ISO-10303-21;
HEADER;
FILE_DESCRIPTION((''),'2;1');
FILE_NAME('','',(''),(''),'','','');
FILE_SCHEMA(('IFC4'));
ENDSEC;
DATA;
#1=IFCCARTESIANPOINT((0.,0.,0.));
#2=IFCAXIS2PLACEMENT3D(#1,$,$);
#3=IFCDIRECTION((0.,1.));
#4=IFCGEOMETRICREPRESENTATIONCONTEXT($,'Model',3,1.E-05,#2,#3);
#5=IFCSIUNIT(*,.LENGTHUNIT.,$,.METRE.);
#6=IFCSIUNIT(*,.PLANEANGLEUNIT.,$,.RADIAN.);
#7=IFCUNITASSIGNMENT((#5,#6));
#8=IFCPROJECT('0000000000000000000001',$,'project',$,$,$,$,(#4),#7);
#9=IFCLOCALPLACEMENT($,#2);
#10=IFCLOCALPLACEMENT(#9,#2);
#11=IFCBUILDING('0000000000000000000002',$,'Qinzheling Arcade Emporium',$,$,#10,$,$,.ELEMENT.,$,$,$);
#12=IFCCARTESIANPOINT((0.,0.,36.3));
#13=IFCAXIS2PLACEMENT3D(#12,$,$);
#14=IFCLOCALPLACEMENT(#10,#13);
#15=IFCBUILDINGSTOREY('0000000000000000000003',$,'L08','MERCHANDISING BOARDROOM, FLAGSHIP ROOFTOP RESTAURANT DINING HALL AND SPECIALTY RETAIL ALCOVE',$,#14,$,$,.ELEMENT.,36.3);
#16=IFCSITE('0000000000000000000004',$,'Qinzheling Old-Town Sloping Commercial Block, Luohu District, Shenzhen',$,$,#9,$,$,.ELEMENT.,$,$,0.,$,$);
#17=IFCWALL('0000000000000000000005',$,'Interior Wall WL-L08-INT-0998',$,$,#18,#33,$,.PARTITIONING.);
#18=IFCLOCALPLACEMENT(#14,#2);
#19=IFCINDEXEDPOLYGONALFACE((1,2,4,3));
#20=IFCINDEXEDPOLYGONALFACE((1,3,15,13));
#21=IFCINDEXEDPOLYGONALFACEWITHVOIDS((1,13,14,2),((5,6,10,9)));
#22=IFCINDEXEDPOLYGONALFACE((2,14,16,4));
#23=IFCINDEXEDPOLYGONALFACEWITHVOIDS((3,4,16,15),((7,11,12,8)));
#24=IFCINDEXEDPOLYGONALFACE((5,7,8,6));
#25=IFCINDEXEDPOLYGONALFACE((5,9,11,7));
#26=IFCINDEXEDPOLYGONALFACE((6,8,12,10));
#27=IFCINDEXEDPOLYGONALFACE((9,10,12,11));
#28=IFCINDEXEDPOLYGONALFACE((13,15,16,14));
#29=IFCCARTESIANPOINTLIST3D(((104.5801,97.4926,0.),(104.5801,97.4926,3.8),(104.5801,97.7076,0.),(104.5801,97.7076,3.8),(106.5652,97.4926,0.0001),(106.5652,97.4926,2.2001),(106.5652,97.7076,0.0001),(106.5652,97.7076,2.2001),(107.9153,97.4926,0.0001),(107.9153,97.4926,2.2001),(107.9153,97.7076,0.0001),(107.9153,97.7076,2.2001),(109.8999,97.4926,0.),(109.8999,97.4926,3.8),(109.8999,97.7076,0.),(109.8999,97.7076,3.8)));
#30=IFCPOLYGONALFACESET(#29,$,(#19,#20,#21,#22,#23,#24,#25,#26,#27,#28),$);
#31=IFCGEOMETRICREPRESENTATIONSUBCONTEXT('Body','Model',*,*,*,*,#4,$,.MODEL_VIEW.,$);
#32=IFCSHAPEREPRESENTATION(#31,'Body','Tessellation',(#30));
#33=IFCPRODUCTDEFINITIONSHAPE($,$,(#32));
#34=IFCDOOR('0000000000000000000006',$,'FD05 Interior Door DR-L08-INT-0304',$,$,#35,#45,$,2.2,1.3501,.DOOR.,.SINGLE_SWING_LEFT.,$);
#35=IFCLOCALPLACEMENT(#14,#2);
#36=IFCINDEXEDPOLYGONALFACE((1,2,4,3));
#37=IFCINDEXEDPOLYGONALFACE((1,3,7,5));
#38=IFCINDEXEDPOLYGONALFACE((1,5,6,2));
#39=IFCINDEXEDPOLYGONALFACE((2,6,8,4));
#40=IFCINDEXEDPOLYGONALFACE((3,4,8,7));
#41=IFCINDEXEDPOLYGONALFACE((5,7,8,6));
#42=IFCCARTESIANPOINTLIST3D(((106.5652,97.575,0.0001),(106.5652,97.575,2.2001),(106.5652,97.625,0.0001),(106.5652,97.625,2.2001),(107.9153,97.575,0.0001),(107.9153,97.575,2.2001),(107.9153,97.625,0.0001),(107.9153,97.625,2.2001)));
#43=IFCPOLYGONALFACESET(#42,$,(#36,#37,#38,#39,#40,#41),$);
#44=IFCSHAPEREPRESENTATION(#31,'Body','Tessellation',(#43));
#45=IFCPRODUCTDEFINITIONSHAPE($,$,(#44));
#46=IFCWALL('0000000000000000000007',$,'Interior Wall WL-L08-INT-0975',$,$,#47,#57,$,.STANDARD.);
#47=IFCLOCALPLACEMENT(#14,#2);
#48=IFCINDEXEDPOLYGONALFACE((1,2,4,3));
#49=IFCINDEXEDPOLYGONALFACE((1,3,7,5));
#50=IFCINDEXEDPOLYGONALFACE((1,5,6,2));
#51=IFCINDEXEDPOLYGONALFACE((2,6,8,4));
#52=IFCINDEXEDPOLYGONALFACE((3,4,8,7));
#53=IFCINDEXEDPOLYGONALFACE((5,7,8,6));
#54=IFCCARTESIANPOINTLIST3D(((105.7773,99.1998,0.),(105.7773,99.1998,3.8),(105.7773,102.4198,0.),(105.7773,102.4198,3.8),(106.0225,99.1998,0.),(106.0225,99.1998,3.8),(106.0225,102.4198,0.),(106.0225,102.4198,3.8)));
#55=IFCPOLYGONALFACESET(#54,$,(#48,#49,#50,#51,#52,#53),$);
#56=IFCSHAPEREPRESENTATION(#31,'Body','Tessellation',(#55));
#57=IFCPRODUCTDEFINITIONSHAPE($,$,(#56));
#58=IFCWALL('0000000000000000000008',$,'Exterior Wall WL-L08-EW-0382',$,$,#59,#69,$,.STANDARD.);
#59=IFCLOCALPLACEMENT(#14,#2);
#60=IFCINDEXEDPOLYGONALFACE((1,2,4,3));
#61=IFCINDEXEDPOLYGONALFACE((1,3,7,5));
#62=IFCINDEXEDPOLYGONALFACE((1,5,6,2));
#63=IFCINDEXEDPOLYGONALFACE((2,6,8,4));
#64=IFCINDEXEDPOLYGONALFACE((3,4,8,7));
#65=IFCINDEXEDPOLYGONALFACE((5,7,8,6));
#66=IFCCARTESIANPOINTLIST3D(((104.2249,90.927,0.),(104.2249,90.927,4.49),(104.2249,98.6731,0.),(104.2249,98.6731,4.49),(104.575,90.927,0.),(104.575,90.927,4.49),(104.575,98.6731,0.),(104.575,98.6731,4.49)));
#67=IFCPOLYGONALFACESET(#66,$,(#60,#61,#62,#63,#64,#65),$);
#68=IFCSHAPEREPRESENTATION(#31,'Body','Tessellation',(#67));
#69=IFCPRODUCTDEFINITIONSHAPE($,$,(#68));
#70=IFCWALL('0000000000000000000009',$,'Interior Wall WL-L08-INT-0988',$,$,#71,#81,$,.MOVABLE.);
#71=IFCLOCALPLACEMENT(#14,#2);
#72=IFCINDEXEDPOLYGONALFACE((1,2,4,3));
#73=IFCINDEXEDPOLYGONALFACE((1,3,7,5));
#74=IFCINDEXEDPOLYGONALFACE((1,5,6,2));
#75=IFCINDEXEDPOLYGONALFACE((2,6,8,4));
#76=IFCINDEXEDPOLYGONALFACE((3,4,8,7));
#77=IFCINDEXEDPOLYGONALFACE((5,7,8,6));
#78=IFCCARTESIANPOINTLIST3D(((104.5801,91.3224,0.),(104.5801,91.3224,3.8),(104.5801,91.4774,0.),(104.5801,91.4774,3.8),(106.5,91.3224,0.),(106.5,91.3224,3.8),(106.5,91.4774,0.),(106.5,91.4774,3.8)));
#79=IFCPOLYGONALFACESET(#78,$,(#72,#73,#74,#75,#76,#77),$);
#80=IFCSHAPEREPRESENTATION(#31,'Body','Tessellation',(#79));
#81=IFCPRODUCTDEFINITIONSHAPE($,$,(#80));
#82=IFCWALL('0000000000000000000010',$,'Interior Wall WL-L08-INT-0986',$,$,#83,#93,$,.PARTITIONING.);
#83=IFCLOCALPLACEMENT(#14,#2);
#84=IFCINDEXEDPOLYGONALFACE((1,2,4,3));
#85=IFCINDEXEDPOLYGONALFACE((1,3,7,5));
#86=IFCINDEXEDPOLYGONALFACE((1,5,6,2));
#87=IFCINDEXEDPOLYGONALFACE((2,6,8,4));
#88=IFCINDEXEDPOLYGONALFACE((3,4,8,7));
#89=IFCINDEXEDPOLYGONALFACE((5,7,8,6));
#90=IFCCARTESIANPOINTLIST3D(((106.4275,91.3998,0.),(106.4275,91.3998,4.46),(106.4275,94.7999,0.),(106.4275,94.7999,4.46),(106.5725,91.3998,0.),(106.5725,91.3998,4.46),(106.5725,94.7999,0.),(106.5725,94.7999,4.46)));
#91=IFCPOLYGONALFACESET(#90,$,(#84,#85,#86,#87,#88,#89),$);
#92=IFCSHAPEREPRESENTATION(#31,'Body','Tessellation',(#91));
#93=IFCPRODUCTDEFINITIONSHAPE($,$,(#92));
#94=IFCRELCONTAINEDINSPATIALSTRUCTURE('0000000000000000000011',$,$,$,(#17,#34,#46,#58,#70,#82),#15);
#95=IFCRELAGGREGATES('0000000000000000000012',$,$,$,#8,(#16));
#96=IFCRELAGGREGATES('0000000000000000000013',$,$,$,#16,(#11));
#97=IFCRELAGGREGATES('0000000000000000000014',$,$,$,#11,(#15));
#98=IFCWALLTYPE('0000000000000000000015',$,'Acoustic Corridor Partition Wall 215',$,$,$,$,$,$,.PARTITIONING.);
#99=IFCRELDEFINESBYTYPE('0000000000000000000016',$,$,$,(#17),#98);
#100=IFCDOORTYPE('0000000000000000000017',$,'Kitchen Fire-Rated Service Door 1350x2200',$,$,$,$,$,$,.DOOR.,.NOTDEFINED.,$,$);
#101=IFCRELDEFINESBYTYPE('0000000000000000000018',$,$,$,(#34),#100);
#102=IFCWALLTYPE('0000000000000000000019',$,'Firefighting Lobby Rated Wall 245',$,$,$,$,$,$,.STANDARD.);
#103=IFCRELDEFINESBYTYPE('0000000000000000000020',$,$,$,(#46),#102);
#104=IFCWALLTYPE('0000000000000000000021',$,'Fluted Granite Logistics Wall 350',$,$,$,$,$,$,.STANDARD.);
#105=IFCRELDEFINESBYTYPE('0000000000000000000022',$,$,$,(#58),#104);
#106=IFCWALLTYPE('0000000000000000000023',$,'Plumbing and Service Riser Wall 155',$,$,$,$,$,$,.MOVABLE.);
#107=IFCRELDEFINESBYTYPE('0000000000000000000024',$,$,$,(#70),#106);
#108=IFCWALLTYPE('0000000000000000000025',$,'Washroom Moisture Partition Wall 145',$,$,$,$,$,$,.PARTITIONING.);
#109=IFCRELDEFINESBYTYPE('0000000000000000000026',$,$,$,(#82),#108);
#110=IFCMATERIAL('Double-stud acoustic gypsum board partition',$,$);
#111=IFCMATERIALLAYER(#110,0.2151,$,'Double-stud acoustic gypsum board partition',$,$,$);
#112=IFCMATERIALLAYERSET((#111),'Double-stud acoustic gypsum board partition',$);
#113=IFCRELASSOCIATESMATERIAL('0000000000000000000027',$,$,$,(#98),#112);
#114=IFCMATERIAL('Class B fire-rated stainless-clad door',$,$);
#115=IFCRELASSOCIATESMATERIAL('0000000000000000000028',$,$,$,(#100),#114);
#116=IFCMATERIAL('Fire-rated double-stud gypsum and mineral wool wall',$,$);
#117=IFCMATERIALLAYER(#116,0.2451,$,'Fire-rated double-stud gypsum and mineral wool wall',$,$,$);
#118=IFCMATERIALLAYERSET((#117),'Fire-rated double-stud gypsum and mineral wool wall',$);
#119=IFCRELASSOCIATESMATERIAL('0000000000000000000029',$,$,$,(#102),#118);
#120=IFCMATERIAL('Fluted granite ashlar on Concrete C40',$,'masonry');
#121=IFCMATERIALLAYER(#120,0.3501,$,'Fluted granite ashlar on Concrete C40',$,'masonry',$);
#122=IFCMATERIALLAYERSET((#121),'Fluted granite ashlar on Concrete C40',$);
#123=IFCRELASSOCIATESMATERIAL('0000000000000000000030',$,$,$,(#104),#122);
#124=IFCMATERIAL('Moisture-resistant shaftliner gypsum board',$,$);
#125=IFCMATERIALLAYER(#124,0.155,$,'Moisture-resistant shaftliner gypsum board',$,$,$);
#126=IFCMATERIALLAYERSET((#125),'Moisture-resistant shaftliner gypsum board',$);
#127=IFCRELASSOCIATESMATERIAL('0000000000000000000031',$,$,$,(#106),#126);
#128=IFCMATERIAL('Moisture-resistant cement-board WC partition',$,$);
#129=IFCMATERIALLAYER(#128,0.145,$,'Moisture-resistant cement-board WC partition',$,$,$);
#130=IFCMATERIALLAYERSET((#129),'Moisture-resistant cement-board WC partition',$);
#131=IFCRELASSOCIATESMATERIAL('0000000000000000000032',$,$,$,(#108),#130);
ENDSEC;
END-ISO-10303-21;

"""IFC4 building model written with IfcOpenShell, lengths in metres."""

from ifc_helpers import new_model, si_unit, direction, frame, frame_2d, origin, place, context, subcontext, project, spatial, rectangle, extrude, material, layer, layer_set, type_object, element, fill, save


model = new_model("IFC4")

# Units and contexts
model_context = context("Model", 3, precision=1e-05, world=origin(), true_north=direction((0.0, 1.0)))
body_context = subcontext(model_context, "Body", "Model", "MODEL_VIEW")
ifc_project = project(units=[si_unit("LENGTHUNIT", "METRE"), si_unit("PLANEANGLEUNIT", "RADIAN")], contexts=[model_context])

# Site, building, storey
site_placement = place(None, origin())
site = spatial("IfcSite", under=ifc_project, at=site_placement, Name="Qinzheling Old-Town Sloping Commercial Block, Luohu District, Shenzhen", CompositionType="ELEMENT", RefElevation=0.0)
building_placement = place(site_placement, origin())
building = spatial("IfcBuilding", under=site, at=building_placement, Name="Qinzheling Arcade Emporium", CompositionType="ELEMENT")
storey_placement = place(building_placement, frame((0.0, 0.0, 36.3)))
storey = spatial("IfcBuildingStorey", under=building, at=storey_placement, Name="L08", Description="MERCHANDISING BOARDROOM, FLAGSHIP ROOFTOP RESTAURANT DINING HALL AND SPECIALTY RETAIL ALCOVE", CompositionType="ELEMENT", Elevation=36.3)

# Wall, opening, door
ifc_material_1 = material(Name="Double-stud acoustic gypsum board partition")
ifc_layer_1 = layer(ifc_material_1, 0.2151, Name="Double-stud acoustic gypsum board partition")
ifc_layer_set_1 = layer_set([ifc_layer_1], Name="Double-stud acoustic gypsum board partition")
wall_type_1 = type_object("IfcWallType", Name="Acoustic Corridor Partition Wall 215", PredefinedType="PARTITIONING", material=ifc_layer_set_1)
wall_1_placement = place(storey_placement, frame((104.5801, 97.6001, 0.0), z_axis=(0.0, 0.0, 1.0), x_axis=(1.0, 0.0, 0.0)))
wall_1 = element("IfcWall", 1, at=wall_1_placement, inside=storey, type_object=wall_type_1, Name="Interior Wall WL-L08-INT-0998", PredefinedType="PARTITIONING", context=body_context, shape_type="SweptSolid", body=[
    extrude(rectangle(XDim=5.3198, YDim=0.2151, at=frame_2d((2.6599, 0.0))), origin(), (0.0, 0.0, 1.0), 3.8),
])
opening_1_placement = place(wall_1_placement, frame((1.9851, 0.0, 0.0)))
opening_1 = element("IfcOpeningElement", 2, at=opening_1_placement, cuts=wall_1, PredefinedType="OPENING", context=body_context, shape_type="SweptSolid", body=[
    extrude(rectangle(XDim=1.3501, YDim=2.2, at=frame_2d((0.675, 1.1001))), frame((0.0, 0.1177, 0.0), z_axis=(0.0, -1.0, 0.0), x_axis=(1.0, 0.0, 0.0)), (0.0, 0.0, 1.0), 0.2351),
])
ifc_material_2 = material(Name="Class B fire-rated stainless-clad door")
door_type_1 = type_object("IfcDoorType", Name="Kitchen Fire-Rated Service Door 1350x2200", OperationType="NOTDEFINED", PredefinedType="DOOR", material=ifc_material_2)
door_1_placement = place(opening_1_placement, origin())
door_1 = element("IfcDoor", 3, at=door_1_placement, inside=storey, type_object=door_type_1, Name="FD05 Interior Door DR-L08-INT-0304", OperationType="SINGLE_SWING_LEFT", OverallHeight=2.2, OverallWidth=1.3501, PredefinedType="DOOR", context=body_context, shape_type="SweptSolid", body=[
    extrude(rectangle(XDim=1.3501, YDim=2.2, at=frame_2d((0.675, 1.1001))), frame((0.0, 0.0249, 0.0), z_axis=(0.0, -1.0, 0.0), x_axis=(1.0, 0.0, 0.0)), (0.0, 0.0, 1.0), 0.05),
])
fill(opening_1, door_1)

# Walls
ifc_material_3 = material(Name="Fire-rated double-stud gypsum and mineral wool wall")
ifc_layer_2 = layer(ifc_material_3, 0.2451, Name="Fire-rated double-stud gypsum and mineral wool wall")
ifc_layer_set_2 = layer_set([ifc_layer_2], Name="Fire-rated double-stud gypsum and mineral wool wall")
wall_type_2 = type_object("IfcWallType", Name="Firefighting Lobby Rated Wall 245", PredefinedType="STANDARD", material=ifc_layer_set_2)
wall_2_placement = place(storey_placement, frame((105.8999, 99.2, 0.0), z_axis=(0.0, 0.0, 1.0), x_axis=(0.0, 1.0, 0.0)))
element("IfcWall", 4, at=wall_2_placement, inside=storey, type_object=wall_type_2, Name="Interior Wall WL-L08-INT-0975", PredefinedType="STANDARD", context=body_context, shape_type="SweptSolid", body=[
    extrude(rectangle(XDim=3.22, YDim=0.2451, at=frame_2d((1.6099, 0.0))), origin(), (0.0, 0.0, 1.0), 3.8),
])
ifc_material_4 = material(Name="Fluted granite ashlar on Concrete C40", Category="masonry")
ifc_layer_3 = layer(ifc_material_4, 0.3501, Name="Fluted granite ashlar on Concrete C40", Category="masonry")
ifc_layer_set_3 = layer_set([ifc_layer_3], Name="Fluted granite ashlar on Concrete C40")
wall_type_3 = type_object("IfcWallType", Name="Fluted Granite Logistics Wall 350", PredefinedType="STANDARD", material=ifc_layer_set_3)
wall_3_placement = place(storey_placement, frame((104.3999, 90.927, 0.0), z_axis=(0.0, 0.0, 1.0), x_axis=(0.0, 1.0, 0.0)))
element("IfcWall", 5, at=wall_3_placement, inside=storey, type_object=wall_type_3, Name="Exterior Wall WL-L08-EW-0382", PredefinedType="STANDARD", context=body_context, shape_type="SweptSolid", body=[
    extrude(rectangle(XDim=7.7461, YDim=0.3501, at=frame_2d((3.873, 0.0))), origin(), (0.0, 0.0, 1.0), 4.49),
])
ifc_material_5 = material(Name="Moisture-resistant shaftliner gypsum board")
ifc_layer_4 = layer(ifc_material_5, 0.155, Name="Moisture-resistant shaftliner gypsum board")
ifc_layer_set_4 = layer_set([ifc_layer_4], Name="Moisture-resistant shaftliner gypsum board")
wall_type_4 = type_object("IfcWallType", Name="Plumbing and Service Riser Wall 155", PredefinedType="MOVABLE", material=ifc_layer_set_4)
wall_4_placement = place(storey_placement, frame((106.5, 91.3999, 0.0), z_axis=(0.0, 0.0, 1.0), x_axis=(-1.0, 0.0, 0.0)))
element("IfcWall", 6, at=wall_4_placement, inside=storey, type_object=wall_type_4, Name="Interior Wall WL-L08-INT-0988", PredefinedType="MOVABLE", context=body_context, shape_type="SweptSolid", body=[
    extrude(rectangle(XDim=1.9199, YDim=0.155, at=frame_2d((0.96, 0.0))), origin(), (0.0, 0.0, 1.0), 3.8),
])
ifc_material_6 = material(Name="Moisture-resistant cement-board WC partition")
ifc_layer_5 = layer(ifc_material_6, 0.145, Name="Moisture-resistant cement-board WC partition")
ifc_layer_set_5 = layer_set([ifc_layer_5], Name="Moisture-resistant cement-board WC partition")
wall_type_5 = type_object("IfcWallType", Name="Washroom Moisture Partition Wall 145", PredefinedType="PARTITIONING", material=ifc_layer_set_5)
wall_5_placement = place(storey_placement, frame((106.5, 94.8, 0.0), z_axis=(0.0, 0.0, 1.0), x_axis=(0.0, -1.0, 0.0)))
element("IfcWall", 7, at=wall_5_placement, inside=storey, type_object=wall_type_5, Name="Interior Wall WL-L08-INT-0986", PredefinedType="PARTITIONING", context=body_context, shape_type="SweptSolid", body=[
    extrude(rectangle(XDim=3.4001, YDim=0.145, at=frame_2d((1.7002, 0.0))), origin(), (0.0, 0.0, 1.0), 4.46),
])

save(model, "model.ifc")
